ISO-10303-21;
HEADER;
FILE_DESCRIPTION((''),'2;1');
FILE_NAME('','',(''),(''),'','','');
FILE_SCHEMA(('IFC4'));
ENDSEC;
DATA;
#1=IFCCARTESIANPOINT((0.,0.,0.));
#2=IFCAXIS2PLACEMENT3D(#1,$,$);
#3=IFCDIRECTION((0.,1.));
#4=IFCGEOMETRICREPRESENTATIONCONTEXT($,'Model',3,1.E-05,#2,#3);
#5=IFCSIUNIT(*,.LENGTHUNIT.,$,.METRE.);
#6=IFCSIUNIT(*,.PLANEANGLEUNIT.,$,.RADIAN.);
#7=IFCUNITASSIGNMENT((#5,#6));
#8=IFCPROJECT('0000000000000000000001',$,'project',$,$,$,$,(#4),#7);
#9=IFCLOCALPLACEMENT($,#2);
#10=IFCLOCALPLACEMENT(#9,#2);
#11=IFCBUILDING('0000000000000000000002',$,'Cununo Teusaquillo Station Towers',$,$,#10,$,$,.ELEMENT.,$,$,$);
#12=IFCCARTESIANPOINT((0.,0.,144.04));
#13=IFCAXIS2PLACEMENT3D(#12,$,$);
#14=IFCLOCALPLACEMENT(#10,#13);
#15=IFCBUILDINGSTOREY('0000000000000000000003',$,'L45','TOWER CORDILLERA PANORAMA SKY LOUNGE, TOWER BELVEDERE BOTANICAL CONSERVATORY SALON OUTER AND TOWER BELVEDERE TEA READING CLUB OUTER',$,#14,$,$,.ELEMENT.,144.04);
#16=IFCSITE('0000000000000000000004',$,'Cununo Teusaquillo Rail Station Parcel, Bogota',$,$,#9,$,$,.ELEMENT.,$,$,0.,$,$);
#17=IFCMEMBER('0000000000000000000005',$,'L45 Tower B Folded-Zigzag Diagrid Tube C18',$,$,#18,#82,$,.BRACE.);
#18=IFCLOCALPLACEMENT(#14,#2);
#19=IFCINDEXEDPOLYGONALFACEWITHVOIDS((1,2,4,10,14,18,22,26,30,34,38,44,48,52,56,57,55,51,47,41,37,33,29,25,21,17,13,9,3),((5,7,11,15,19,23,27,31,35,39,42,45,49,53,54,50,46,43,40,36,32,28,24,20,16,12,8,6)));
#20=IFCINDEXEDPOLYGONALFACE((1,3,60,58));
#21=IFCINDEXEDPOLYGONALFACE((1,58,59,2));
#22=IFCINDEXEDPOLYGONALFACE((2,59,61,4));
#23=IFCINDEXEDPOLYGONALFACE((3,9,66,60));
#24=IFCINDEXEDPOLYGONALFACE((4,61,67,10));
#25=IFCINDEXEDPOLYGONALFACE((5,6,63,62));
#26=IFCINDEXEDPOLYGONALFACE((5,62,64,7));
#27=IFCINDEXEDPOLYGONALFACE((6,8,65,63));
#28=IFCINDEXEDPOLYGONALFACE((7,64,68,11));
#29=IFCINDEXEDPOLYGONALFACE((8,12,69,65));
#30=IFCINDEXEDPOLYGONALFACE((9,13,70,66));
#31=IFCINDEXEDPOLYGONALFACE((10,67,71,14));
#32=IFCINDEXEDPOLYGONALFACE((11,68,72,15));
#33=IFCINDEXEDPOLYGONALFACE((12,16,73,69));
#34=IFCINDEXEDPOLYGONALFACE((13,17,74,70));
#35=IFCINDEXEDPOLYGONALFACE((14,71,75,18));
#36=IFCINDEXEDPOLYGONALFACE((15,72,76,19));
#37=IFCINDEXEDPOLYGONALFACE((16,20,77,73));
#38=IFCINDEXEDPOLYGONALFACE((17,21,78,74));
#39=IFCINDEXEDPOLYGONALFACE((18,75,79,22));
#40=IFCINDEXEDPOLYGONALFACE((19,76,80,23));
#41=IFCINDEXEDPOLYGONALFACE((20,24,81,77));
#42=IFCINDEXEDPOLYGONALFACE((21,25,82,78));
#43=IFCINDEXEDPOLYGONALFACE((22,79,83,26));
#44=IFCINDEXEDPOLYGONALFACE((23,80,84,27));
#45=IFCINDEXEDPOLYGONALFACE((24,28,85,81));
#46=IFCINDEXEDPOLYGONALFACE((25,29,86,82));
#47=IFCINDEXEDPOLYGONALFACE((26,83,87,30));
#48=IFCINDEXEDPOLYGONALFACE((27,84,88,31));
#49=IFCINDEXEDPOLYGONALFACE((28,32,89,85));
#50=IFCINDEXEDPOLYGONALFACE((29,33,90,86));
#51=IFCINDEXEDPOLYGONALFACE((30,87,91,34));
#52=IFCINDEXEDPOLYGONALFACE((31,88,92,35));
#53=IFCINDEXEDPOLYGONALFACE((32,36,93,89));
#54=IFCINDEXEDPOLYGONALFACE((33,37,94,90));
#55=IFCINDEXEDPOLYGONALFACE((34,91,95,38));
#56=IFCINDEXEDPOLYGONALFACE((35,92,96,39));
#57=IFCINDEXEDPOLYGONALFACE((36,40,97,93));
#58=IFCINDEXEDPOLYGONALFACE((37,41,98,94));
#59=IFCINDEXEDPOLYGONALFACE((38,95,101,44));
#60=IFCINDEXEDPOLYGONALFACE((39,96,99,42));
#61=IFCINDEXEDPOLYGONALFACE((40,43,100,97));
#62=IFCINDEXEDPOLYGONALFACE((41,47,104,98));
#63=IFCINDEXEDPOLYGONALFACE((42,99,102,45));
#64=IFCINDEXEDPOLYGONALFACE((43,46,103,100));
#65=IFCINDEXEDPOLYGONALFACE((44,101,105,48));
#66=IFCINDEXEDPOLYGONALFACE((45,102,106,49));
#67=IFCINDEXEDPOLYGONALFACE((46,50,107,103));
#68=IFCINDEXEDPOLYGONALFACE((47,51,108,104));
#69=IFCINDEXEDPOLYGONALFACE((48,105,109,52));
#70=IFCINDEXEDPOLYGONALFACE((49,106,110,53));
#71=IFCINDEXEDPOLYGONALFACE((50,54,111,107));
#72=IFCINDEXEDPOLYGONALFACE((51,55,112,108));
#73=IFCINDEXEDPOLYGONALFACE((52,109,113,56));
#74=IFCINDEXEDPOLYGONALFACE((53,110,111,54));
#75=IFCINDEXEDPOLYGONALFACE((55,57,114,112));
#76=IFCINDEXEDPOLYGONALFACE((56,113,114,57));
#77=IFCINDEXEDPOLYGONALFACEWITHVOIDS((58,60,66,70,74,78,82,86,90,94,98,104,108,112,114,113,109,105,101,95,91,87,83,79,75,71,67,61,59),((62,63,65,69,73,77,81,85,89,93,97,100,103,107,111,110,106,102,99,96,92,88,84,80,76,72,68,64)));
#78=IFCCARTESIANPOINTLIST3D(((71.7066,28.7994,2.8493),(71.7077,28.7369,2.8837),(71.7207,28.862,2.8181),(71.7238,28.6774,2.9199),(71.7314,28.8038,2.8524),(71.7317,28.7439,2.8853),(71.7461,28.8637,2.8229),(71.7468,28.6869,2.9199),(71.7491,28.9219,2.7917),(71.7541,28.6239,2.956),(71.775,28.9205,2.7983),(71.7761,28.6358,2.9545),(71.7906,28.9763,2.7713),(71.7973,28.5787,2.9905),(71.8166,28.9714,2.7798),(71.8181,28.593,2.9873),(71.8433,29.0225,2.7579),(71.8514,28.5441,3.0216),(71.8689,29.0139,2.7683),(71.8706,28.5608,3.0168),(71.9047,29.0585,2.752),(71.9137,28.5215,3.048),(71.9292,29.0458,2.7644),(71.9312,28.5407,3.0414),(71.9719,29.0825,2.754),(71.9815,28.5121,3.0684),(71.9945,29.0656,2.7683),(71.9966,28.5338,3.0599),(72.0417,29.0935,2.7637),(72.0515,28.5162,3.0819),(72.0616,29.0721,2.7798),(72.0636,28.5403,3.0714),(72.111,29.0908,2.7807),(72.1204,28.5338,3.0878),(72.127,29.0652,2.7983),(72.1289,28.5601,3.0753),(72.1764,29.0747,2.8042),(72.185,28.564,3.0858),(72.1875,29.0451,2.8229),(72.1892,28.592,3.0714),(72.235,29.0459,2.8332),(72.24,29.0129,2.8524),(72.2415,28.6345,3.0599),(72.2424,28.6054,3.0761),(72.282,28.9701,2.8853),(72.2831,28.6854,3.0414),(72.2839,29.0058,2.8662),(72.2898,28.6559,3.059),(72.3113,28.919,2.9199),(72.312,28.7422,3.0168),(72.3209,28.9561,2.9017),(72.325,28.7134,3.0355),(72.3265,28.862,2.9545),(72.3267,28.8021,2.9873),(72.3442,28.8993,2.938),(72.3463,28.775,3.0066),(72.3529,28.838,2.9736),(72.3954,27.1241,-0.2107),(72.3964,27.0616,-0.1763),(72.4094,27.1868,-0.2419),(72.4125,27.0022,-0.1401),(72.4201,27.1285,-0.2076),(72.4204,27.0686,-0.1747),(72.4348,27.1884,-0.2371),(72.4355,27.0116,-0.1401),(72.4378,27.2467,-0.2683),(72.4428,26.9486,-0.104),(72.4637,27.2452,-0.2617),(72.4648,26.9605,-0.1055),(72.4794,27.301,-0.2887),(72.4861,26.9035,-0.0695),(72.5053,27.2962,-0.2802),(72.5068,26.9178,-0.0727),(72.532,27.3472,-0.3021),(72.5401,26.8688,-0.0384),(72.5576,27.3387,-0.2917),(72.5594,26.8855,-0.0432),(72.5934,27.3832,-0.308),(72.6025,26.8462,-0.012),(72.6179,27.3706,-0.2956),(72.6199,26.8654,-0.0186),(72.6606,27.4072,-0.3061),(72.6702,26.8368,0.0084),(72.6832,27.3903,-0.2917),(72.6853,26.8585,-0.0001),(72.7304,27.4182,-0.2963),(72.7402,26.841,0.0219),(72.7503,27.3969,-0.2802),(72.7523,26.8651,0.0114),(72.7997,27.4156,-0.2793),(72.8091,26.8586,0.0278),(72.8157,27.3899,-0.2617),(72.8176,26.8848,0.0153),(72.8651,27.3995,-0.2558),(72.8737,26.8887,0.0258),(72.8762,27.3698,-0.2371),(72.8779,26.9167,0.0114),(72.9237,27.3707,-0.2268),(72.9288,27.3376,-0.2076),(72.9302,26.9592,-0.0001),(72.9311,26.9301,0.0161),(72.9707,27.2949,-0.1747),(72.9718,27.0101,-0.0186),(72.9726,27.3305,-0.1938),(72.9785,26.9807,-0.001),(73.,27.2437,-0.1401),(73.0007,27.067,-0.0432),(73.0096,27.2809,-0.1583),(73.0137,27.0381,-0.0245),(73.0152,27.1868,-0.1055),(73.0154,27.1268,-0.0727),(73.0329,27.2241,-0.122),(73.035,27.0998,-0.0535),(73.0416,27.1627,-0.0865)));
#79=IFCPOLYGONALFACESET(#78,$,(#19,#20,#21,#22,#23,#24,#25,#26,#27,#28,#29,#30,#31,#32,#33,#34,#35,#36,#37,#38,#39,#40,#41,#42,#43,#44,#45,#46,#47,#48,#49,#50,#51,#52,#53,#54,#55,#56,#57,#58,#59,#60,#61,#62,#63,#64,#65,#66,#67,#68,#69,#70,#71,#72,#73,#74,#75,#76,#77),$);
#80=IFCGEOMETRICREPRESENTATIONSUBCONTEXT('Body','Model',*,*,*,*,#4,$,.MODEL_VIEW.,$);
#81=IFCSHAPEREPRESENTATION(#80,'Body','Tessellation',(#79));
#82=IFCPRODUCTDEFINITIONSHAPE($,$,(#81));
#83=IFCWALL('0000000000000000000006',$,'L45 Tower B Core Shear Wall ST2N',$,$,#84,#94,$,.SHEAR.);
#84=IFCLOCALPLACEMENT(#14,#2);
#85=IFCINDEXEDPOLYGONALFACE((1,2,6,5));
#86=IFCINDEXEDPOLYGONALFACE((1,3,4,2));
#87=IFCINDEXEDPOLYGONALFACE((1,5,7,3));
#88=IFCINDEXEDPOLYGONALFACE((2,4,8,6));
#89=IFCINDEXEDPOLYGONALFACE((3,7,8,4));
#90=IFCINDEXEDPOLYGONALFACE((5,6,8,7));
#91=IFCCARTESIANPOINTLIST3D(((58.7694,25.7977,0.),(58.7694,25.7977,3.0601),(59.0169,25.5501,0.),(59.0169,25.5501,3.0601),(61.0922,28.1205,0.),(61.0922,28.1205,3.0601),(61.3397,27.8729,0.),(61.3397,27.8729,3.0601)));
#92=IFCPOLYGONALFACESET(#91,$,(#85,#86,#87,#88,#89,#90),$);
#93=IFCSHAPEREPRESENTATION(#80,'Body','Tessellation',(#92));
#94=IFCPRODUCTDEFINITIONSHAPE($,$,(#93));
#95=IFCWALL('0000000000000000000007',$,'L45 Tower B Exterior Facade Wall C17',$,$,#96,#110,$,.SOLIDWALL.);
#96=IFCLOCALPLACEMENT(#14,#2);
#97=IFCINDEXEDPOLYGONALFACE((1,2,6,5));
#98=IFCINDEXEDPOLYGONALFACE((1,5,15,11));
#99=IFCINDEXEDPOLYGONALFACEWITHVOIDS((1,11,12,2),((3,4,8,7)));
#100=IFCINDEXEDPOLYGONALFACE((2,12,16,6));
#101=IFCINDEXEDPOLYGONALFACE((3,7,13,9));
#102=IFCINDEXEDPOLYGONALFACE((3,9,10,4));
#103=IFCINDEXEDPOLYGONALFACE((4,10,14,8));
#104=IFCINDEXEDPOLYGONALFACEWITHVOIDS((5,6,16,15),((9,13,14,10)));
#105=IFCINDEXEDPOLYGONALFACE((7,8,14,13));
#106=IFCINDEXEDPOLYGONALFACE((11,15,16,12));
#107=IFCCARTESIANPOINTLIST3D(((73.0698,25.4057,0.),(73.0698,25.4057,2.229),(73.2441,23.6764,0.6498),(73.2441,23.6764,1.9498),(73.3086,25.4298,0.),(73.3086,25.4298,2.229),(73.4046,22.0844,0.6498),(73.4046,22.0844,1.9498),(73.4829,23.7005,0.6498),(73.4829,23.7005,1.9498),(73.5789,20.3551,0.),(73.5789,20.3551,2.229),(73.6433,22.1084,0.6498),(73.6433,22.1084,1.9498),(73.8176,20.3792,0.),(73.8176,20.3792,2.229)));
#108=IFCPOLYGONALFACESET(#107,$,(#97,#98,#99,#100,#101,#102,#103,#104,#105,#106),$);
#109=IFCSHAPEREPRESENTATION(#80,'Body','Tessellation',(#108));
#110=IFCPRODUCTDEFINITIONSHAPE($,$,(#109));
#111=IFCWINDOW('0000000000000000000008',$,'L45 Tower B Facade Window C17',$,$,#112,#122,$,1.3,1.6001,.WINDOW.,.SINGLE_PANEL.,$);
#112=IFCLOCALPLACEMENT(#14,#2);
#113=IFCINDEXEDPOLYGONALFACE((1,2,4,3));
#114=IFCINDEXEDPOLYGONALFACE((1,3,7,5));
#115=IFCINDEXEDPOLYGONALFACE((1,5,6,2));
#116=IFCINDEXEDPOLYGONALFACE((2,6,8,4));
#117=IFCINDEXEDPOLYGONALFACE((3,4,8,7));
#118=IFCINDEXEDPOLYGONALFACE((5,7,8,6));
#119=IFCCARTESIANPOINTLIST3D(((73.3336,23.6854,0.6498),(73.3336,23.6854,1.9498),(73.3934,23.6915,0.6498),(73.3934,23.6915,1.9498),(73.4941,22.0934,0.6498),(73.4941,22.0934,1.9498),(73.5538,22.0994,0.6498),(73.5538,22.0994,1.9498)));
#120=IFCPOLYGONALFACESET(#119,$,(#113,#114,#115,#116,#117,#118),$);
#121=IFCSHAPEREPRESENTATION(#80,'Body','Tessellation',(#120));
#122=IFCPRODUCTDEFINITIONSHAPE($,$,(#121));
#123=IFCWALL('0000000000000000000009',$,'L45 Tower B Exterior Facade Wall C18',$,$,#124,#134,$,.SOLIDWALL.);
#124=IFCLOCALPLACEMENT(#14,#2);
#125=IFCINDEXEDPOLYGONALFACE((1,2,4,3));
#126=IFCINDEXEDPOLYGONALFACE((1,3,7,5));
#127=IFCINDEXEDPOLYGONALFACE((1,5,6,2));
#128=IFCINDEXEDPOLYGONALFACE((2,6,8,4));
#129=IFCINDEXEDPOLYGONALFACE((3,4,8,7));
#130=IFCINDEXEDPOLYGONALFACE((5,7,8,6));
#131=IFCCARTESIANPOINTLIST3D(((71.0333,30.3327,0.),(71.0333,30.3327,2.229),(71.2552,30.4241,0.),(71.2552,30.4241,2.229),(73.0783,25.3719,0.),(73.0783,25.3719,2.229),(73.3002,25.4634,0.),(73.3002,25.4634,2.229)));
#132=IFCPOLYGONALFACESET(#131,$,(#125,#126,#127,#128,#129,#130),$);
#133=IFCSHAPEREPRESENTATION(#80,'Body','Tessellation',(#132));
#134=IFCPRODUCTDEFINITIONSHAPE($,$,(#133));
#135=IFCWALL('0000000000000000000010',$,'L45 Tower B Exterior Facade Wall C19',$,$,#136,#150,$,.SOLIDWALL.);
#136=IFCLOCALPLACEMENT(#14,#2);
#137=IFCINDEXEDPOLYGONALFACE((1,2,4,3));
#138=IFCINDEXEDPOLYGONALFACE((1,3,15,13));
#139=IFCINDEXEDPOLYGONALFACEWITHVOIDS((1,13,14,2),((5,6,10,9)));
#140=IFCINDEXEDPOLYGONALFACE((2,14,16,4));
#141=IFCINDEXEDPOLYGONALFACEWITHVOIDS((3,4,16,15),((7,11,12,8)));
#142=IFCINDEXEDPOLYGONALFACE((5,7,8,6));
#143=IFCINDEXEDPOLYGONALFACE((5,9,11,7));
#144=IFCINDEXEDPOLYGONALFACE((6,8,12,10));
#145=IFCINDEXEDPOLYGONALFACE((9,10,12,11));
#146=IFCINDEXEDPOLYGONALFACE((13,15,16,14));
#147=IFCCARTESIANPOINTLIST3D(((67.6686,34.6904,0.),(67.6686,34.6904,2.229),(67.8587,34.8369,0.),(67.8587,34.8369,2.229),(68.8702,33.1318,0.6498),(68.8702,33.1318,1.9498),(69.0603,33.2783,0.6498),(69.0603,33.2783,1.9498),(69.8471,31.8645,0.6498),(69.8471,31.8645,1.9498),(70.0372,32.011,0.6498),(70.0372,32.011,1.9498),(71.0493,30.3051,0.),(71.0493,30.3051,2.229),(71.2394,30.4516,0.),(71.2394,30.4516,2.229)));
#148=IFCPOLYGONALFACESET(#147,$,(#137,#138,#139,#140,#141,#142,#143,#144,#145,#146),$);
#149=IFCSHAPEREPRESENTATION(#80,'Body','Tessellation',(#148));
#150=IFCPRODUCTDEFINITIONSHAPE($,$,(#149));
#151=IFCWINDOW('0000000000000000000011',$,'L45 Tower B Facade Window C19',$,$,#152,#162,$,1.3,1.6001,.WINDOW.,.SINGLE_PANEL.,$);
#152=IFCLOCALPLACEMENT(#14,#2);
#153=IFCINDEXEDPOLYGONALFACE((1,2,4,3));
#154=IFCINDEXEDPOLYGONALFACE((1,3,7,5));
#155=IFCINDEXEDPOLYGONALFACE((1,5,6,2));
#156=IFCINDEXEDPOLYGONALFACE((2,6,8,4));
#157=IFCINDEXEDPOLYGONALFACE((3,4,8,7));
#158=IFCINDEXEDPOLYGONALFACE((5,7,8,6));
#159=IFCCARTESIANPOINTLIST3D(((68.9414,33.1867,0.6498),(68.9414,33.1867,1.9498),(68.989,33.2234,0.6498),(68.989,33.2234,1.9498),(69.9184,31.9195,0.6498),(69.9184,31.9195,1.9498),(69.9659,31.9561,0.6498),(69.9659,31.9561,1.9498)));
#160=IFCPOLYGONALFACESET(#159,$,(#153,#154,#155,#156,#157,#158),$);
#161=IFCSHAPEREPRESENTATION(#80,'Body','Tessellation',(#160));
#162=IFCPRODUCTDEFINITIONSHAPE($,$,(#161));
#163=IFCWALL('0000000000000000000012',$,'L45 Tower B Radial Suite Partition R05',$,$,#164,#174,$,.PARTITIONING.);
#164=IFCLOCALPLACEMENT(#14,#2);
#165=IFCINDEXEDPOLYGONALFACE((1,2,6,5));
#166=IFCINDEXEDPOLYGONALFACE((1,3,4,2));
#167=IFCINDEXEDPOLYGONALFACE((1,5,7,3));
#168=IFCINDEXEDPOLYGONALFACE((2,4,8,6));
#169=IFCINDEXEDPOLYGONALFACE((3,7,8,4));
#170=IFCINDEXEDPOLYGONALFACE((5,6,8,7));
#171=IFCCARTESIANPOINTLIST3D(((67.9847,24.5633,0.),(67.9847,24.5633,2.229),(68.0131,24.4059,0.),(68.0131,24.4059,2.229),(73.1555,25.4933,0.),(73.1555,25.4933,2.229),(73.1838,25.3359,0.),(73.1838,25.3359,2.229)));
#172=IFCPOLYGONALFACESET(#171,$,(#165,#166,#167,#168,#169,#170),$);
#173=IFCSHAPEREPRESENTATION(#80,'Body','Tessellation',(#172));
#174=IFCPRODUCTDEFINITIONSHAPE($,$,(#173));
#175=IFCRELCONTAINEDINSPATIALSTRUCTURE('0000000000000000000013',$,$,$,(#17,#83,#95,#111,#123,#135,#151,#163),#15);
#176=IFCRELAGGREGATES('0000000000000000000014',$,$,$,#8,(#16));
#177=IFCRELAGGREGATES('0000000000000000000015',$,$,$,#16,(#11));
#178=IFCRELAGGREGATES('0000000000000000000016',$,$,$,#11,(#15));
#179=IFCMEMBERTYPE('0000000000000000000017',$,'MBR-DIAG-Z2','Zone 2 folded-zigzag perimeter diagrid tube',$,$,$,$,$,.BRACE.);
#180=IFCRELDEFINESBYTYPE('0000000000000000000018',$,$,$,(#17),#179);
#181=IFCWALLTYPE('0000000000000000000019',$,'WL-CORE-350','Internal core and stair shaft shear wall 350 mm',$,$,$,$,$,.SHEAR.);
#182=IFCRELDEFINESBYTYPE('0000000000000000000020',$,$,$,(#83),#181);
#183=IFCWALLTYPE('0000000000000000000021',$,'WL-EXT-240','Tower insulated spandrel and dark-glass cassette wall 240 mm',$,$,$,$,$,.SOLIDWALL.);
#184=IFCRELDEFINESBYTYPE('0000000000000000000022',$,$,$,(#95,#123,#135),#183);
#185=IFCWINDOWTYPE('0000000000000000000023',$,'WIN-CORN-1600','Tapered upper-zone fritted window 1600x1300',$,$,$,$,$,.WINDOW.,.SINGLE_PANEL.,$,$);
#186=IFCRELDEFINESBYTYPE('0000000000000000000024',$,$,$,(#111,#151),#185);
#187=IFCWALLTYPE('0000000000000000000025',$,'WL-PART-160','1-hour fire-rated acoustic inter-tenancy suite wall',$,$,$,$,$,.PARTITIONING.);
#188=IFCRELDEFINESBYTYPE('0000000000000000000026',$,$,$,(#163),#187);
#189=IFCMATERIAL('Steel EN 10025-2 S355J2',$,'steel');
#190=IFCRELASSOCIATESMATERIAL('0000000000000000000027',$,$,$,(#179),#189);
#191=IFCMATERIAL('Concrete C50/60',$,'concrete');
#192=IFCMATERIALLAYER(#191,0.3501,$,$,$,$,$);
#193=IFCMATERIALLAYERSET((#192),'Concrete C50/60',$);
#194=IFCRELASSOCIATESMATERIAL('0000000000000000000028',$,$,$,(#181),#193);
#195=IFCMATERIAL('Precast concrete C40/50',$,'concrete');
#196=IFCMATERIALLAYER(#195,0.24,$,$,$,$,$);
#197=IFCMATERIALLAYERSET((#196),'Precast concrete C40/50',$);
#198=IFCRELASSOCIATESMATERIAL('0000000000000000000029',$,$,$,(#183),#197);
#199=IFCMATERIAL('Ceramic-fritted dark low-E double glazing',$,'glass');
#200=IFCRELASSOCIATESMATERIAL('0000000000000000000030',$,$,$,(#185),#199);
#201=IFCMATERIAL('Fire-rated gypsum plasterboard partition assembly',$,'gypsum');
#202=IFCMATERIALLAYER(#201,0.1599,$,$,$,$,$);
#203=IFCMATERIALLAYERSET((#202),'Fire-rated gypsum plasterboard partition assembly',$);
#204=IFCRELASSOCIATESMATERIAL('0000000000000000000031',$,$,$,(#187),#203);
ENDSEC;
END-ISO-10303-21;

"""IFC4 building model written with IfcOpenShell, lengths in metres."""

from ifc_helpers import new_model, si_unit, direction, frame, frame_2d, origin, origin_2d, place, context, subcontext, project, spatial, rectangle, hollow_circle, extrude, source, transform, mapped, material, layer, layer_set, material_profile, profile_set, type_object, element, fill, save


model = new_model("IFC4")

# Units and contexts
model_context = context("Model", 3, precision=1e-05, world=origin(), true_north=direction((0.0, 1.0)))
body_context = subcontext(model_context, "Body", "Model", "MODEL_VIEW")
ifc_project = project(units=[si_unit("LENGTHUNIT", "METRE"), si_unit("PLANEANGLEUNIT", "RADIAN")], contexts=[model_context])

# Site, building, storey
site_placement = place(None, origin())
site = spatial("IfcSite", under=ifc_project, at=site_placement, Name="Cununo Teusaquillo Rail Station Parcel, Bogota", CompositionType="ELEMENT", RefElevation=0.0)
building_placement = place(site_placement, origin())
building = spatial("IfcBuilding", under=site, at=building_placement, Name="Cununo Teusaquillo Station Towers", CompositionType="ELEMENT")
storey_placement = place(building_placement, frame((0.0, 0.0, 144.04)))
storey = spatial("IfcBuildingStorey", under=building, at=storey_placement, Name="L45", Description="TOWER CORDILLERA PANORAMA SKY LOUNGE, TOWER BELVEDERE BOTANICAL CONSERVATORY SALON OUTER AND TOWER BELVEDERE TEA READING CLUB OUTER", CompositionType="ELEMENT", Elevation=144.04)

# Member
ifc_material_1 = material(Name="Steel EN 10025-2 S355J2", Category="steel")
ifc_material_profile_1 = material_profile(ifc_material_1, hollow_circle(Radius=0.3301, WallThickness=0.0249, at=origin_2d()), Name="CHS 660x25")
ifc_profile_set_1 = profile_set([ifc_material_profile_1], Name="Steel EN 10025-2 S355J2")
member_type = type_object("IfcMemberType", Name="MBR-DIAG-Z2", Description="Zone 2 folded-zigzag perimeter diagrid tube", PredefinedType="BRACE", material=ifc_profile_set_1)
member_1_placement = place(storey_placement, frame((72.7178, 27.1277, -0.1401), z_axis=(-0.19368, 0.471122, 0.860542), x_axis=(-0.924893, -0.380228, 0.0)))
element("IfcMember", 1, at=member_1_placement, inside=storey, type_object=member_type, Name="L45 Tower B Folded-Zigzag Diagrid Tube C18", PredefinedType="BRACE", context=body_context, shape_type="SweptSolid", body=[
    extrude(hollow_circle(Radius=0.3301, WallThickness=0.0249, at=origin_2d()), origin(), (0.0, 0.0, 1.0), 3.5559),
])

# Wall
ifc_material_2 = material(Name="Concrete C50/60", Category="concrete")
ifc_layer_1 = layer(ifc_material_2, 0.3501)
ifc_layer_set_1 = layer_set([ifc_layer_1], Name="Concrete C50/60")
wall_type_1 = type_object("IfcWallType", Name="WL-CORE-350", Description="Internal core and stair shaft shear wall 350 mm", PredefinedType="SHEAR", material=ifc_layer_set_1)
wall_1_placement = place(storey_placement, frame((58.8931, 25.6738, 0.0), z_axis=(0.0, 0.0, 1.0), x_axis=(0.707107, 0.707107, 0.0)))
element("IfcWall", 2, at=wall_1_placement, inside=storey, type_object=wall_type_1, Name="L45 Tower B Core Shear Wall ST2N", PredefinedType="SHEAR", context=body_context, shape_type="SweptSolid", body=[
    extrude(rectangle(XDim=3.2849, YDim=0.3501, at=frame_2d((1.6426, 0.0))), origin(), (0.0, 0.0, 1.0), 3.0601),
])

# Wall, opening, window
ifc_material_3 = material(Name="Precast concrete C40/50", Category="concrete")
ifc_layer_2 = layer(ifc_material_3, 0.24)
ifc_layer_set_2 = layer_set([ifc_layer_2], Name="Precast concrete C40/50")
wall_type_2 = type_object("IfcWallType", Name="WL-EXT-240", Description="Tower insulated spandrel and dark-glass cassette wall 240 mm", PredefinedType="SOLIDWALL", material=ifc_layer_set_2)
wall_2_placement = place(storey_placement, frame((73.1892, 25.4177, 0.0), z_axis=(0.0, 0.0, 1.0), x_axis=(0.10028, -0.994959, 0.0)))
wall_2 = element("IfcWall", 3, at=wall_2_placement, inside=storey, type_object=wall_type_2, Name="L45 Tower B Exterior Facade Wall C17", PredefinedType="SOLIDWALL", context=body_context, shape_type="SweptSolid", body=[
    extrude(rectangle(XDim=5.0762, YDim=0.24, at=frame_2d((2.5381, 0.0))), origin(), (0.0, 0.0, 1.0), 2.229),
])
shared_shape_1 = source(origin(), body_context, "Body", "SweptSolid", [
    extrude(rectangle(XDim=1.6001, YDim=1.3, at=frame_2d((0.8, 0.6499))), frame((0.0, 0.1299, 0.0), z_axis=(0.0, -1.0, 0.0), x_axis=(1.0, 0.0, 0.0)), (0.0, 0.0, 1.0), 0.26),
])
opening_1_placement = place(wall_2_placement, frame((1.738, 0.0, 0.6499)))
opening_1 = element("IfcOpeningElement", 4, at=opening_1_placement, cuts=wall_2, PredefinedType="OPENING", context=body_context, shape_type="MappedRepresentation", body=[
    mapped(shared_shape_1, transform((0.0, 0.0, 0.0), x_axis=(1.0, 0.0, 0.0), y_axis=(0.0, 1.0, 0.0), z_axis=(0.0, 0.0, 1.0), scale=1.0)),
])
ifc_material_4 = material(Name="Ceramic-fritted dark low-E double glazing", Category="glass")
window_type = type_object("IfcWindowType", Name="WIN-CORN-1600", Description="Tapered upper-zone fritted window 1600x1300", PartitioningType="SINGLE_PANEL", PredefinedType="WINDOW", material=ifc_material_4)
shared_shape_2 = source(origin(), body_context, "Body", "SweptSolid", [
    extrude(rectangle(XDim=1.6001, YDim=1.3, at=frame_2d((0.8, 0.6499))), frame((0.0, 0.03, 0.0), z_axis=(0.0, -1.0, 0.0), x_axis=(1.0, 0.0, 0.0)), (0.0, 0.0, 1.0), 0.0601),
])
window_1_placement = place(opening_1_placement, origin())
window_1 = element("IfcWindow", 5, at=window_1_placement, inside=storey, type_object=window_type, Name="L45 Tower B Facade Window C17", OverallHeight=1.3, OverallWidth=1.6001, PartitioningType="SINGLE_PANEL", PredefinedType="WINDOW", context=body_context, shape_type="MappedRepresentation", body=[
    mapped(shared_shape_2, transform((0.0, 0.0, 0.0), x_axis=(1.0, 0.0, 0.0), y_axis=(0.0, 1.0, 0.0), z_axis=(0.0, 0.0, 1.0), scale=1.0)),
])
fill(opening_1, window_1)

# Wall
wall_3_placement = place(storey_placement, frame((71.1443, 30.3784, 0.0), z_axis=(0.0, 0.0, 1.0), x_axis=(0.381114, -0.924528, 0.0)))
element("IfcWall", 6, at=wall_3_placement, inside=storey, type_object=wall_type_2, Name="L45 Tower B Exterior Facade Wall C18", PredefinedType="SOLIDWALL", context=body_context, shape_type="SweptSolid", body=[
    extrude(rectangle(XDim=5.3657, YDim=0.24, at=frame_2d((2.6829, 0.0))), origin(), (0.0, 0.0, 1.0), 2.229),
])

# Wall, opening, window
wall_4_placement = place(storey_placement, frame((67.7637, 34.7637, 0.0), z_axis=(0.0, 0.0, 1.0), x_axis=(0.610544, -0.791983, 0.0)))
wall_4 = element("IfcWall", 7, at=wall_4_placement, inside=storey, type_object=wall_type_2, Name="L45 Tower B Exterior Facade Wall C19", PredefinedType="SOLIDWALL", context=body_context, shape_type="SweptSolid", body=[
    extrude(rectangle(XDim=5.5371, YDim=0.24, at=frame_2d((2.7686, 0.0))), origin(), (0.0, 0.0, 1.0), 2.229),
])
opening_2_placement = place(wall_4_placement, frame((1.968, 0.0, 0.6499)))
opening_2 = element("IfcOpeningElement", 8, at=opening_2_placement, cuts=wall_4, PredefinedType="OPENING", context=body_context, shape_type="MappedRepresentation", body=[
    mapped(shared_shape_1, transform((0.0, 0.0, 0.0), x_axis=(1.0, 0.0, 0.0), y_axis=(0.0, 1.0, 0.0), z_axis=(0.0, 0.0, 1.0), scale=1.0)),
])
window_2_placement = place(opening_2_placement, origin())
window_2 = element("IfcWindow", 9, at=window_2_placement, inside=storey, type_object=window_type, Name="L45 Tower B Facade Window C19", OverallHeight=1.3, OverallWidth=1.6001, PartitioningType="SINGLE_PANEL", PredefinedType="WINDOW", context=body_context, shape_type="MappedRepresentation", body=[
    mapped(shared_shape_2, transform((0.0, 0.0, 0.0), x_axis=(1.0, 0.0, 0.0), y_axis=(0.0, 1.0, 0.0), z_axis=(0.0, 0.0, 1.0), scale=1.0)),
])
fill(opening_2, window_2)

# Wall
ifc_material_5 = material(Name="Fire-rated gypsum plasterboard partition assembly", Category="gypsum")
ifc_layer_3 = layer(ifc_material_5, 0.1599)
ifc_layer_set_3 = layer_set([ifc_layer_3], Name="Fire-rated gypsum plasterboard partition assembly")
wall_type_3 = type_object("IfcWallType", Name="WL-PART-160", Description="1-hour fire-rated acoustic inter-tenancy suite wall", PredefinedType="PARTITIONING", material=ifc_layer_set_3)
wall_5_placement = place(storey_placement, frame((67.9988, 24.4846, 0.0), z_axis=(0.0, 0.0, 1.0), x_axis=(0.984209, 0.177008, 0.0)))
element("IfcWall", 10, at=wall_5_placement, inside=storey, type_object=wall_type_3, Name="L45 Tower B Radial Suite Partition R05", PredefinedType="PARTITIONING", context=body_context, shape_type="SweptSolid", body=[
    extrude(rectangle(XDim=5.2537, YDim=0.1599, at=frame_2d((2.627, 0.0))), origin(), (0.0, 0.0, 1.0), 2.229),
])

save(model, "model.ifc")
